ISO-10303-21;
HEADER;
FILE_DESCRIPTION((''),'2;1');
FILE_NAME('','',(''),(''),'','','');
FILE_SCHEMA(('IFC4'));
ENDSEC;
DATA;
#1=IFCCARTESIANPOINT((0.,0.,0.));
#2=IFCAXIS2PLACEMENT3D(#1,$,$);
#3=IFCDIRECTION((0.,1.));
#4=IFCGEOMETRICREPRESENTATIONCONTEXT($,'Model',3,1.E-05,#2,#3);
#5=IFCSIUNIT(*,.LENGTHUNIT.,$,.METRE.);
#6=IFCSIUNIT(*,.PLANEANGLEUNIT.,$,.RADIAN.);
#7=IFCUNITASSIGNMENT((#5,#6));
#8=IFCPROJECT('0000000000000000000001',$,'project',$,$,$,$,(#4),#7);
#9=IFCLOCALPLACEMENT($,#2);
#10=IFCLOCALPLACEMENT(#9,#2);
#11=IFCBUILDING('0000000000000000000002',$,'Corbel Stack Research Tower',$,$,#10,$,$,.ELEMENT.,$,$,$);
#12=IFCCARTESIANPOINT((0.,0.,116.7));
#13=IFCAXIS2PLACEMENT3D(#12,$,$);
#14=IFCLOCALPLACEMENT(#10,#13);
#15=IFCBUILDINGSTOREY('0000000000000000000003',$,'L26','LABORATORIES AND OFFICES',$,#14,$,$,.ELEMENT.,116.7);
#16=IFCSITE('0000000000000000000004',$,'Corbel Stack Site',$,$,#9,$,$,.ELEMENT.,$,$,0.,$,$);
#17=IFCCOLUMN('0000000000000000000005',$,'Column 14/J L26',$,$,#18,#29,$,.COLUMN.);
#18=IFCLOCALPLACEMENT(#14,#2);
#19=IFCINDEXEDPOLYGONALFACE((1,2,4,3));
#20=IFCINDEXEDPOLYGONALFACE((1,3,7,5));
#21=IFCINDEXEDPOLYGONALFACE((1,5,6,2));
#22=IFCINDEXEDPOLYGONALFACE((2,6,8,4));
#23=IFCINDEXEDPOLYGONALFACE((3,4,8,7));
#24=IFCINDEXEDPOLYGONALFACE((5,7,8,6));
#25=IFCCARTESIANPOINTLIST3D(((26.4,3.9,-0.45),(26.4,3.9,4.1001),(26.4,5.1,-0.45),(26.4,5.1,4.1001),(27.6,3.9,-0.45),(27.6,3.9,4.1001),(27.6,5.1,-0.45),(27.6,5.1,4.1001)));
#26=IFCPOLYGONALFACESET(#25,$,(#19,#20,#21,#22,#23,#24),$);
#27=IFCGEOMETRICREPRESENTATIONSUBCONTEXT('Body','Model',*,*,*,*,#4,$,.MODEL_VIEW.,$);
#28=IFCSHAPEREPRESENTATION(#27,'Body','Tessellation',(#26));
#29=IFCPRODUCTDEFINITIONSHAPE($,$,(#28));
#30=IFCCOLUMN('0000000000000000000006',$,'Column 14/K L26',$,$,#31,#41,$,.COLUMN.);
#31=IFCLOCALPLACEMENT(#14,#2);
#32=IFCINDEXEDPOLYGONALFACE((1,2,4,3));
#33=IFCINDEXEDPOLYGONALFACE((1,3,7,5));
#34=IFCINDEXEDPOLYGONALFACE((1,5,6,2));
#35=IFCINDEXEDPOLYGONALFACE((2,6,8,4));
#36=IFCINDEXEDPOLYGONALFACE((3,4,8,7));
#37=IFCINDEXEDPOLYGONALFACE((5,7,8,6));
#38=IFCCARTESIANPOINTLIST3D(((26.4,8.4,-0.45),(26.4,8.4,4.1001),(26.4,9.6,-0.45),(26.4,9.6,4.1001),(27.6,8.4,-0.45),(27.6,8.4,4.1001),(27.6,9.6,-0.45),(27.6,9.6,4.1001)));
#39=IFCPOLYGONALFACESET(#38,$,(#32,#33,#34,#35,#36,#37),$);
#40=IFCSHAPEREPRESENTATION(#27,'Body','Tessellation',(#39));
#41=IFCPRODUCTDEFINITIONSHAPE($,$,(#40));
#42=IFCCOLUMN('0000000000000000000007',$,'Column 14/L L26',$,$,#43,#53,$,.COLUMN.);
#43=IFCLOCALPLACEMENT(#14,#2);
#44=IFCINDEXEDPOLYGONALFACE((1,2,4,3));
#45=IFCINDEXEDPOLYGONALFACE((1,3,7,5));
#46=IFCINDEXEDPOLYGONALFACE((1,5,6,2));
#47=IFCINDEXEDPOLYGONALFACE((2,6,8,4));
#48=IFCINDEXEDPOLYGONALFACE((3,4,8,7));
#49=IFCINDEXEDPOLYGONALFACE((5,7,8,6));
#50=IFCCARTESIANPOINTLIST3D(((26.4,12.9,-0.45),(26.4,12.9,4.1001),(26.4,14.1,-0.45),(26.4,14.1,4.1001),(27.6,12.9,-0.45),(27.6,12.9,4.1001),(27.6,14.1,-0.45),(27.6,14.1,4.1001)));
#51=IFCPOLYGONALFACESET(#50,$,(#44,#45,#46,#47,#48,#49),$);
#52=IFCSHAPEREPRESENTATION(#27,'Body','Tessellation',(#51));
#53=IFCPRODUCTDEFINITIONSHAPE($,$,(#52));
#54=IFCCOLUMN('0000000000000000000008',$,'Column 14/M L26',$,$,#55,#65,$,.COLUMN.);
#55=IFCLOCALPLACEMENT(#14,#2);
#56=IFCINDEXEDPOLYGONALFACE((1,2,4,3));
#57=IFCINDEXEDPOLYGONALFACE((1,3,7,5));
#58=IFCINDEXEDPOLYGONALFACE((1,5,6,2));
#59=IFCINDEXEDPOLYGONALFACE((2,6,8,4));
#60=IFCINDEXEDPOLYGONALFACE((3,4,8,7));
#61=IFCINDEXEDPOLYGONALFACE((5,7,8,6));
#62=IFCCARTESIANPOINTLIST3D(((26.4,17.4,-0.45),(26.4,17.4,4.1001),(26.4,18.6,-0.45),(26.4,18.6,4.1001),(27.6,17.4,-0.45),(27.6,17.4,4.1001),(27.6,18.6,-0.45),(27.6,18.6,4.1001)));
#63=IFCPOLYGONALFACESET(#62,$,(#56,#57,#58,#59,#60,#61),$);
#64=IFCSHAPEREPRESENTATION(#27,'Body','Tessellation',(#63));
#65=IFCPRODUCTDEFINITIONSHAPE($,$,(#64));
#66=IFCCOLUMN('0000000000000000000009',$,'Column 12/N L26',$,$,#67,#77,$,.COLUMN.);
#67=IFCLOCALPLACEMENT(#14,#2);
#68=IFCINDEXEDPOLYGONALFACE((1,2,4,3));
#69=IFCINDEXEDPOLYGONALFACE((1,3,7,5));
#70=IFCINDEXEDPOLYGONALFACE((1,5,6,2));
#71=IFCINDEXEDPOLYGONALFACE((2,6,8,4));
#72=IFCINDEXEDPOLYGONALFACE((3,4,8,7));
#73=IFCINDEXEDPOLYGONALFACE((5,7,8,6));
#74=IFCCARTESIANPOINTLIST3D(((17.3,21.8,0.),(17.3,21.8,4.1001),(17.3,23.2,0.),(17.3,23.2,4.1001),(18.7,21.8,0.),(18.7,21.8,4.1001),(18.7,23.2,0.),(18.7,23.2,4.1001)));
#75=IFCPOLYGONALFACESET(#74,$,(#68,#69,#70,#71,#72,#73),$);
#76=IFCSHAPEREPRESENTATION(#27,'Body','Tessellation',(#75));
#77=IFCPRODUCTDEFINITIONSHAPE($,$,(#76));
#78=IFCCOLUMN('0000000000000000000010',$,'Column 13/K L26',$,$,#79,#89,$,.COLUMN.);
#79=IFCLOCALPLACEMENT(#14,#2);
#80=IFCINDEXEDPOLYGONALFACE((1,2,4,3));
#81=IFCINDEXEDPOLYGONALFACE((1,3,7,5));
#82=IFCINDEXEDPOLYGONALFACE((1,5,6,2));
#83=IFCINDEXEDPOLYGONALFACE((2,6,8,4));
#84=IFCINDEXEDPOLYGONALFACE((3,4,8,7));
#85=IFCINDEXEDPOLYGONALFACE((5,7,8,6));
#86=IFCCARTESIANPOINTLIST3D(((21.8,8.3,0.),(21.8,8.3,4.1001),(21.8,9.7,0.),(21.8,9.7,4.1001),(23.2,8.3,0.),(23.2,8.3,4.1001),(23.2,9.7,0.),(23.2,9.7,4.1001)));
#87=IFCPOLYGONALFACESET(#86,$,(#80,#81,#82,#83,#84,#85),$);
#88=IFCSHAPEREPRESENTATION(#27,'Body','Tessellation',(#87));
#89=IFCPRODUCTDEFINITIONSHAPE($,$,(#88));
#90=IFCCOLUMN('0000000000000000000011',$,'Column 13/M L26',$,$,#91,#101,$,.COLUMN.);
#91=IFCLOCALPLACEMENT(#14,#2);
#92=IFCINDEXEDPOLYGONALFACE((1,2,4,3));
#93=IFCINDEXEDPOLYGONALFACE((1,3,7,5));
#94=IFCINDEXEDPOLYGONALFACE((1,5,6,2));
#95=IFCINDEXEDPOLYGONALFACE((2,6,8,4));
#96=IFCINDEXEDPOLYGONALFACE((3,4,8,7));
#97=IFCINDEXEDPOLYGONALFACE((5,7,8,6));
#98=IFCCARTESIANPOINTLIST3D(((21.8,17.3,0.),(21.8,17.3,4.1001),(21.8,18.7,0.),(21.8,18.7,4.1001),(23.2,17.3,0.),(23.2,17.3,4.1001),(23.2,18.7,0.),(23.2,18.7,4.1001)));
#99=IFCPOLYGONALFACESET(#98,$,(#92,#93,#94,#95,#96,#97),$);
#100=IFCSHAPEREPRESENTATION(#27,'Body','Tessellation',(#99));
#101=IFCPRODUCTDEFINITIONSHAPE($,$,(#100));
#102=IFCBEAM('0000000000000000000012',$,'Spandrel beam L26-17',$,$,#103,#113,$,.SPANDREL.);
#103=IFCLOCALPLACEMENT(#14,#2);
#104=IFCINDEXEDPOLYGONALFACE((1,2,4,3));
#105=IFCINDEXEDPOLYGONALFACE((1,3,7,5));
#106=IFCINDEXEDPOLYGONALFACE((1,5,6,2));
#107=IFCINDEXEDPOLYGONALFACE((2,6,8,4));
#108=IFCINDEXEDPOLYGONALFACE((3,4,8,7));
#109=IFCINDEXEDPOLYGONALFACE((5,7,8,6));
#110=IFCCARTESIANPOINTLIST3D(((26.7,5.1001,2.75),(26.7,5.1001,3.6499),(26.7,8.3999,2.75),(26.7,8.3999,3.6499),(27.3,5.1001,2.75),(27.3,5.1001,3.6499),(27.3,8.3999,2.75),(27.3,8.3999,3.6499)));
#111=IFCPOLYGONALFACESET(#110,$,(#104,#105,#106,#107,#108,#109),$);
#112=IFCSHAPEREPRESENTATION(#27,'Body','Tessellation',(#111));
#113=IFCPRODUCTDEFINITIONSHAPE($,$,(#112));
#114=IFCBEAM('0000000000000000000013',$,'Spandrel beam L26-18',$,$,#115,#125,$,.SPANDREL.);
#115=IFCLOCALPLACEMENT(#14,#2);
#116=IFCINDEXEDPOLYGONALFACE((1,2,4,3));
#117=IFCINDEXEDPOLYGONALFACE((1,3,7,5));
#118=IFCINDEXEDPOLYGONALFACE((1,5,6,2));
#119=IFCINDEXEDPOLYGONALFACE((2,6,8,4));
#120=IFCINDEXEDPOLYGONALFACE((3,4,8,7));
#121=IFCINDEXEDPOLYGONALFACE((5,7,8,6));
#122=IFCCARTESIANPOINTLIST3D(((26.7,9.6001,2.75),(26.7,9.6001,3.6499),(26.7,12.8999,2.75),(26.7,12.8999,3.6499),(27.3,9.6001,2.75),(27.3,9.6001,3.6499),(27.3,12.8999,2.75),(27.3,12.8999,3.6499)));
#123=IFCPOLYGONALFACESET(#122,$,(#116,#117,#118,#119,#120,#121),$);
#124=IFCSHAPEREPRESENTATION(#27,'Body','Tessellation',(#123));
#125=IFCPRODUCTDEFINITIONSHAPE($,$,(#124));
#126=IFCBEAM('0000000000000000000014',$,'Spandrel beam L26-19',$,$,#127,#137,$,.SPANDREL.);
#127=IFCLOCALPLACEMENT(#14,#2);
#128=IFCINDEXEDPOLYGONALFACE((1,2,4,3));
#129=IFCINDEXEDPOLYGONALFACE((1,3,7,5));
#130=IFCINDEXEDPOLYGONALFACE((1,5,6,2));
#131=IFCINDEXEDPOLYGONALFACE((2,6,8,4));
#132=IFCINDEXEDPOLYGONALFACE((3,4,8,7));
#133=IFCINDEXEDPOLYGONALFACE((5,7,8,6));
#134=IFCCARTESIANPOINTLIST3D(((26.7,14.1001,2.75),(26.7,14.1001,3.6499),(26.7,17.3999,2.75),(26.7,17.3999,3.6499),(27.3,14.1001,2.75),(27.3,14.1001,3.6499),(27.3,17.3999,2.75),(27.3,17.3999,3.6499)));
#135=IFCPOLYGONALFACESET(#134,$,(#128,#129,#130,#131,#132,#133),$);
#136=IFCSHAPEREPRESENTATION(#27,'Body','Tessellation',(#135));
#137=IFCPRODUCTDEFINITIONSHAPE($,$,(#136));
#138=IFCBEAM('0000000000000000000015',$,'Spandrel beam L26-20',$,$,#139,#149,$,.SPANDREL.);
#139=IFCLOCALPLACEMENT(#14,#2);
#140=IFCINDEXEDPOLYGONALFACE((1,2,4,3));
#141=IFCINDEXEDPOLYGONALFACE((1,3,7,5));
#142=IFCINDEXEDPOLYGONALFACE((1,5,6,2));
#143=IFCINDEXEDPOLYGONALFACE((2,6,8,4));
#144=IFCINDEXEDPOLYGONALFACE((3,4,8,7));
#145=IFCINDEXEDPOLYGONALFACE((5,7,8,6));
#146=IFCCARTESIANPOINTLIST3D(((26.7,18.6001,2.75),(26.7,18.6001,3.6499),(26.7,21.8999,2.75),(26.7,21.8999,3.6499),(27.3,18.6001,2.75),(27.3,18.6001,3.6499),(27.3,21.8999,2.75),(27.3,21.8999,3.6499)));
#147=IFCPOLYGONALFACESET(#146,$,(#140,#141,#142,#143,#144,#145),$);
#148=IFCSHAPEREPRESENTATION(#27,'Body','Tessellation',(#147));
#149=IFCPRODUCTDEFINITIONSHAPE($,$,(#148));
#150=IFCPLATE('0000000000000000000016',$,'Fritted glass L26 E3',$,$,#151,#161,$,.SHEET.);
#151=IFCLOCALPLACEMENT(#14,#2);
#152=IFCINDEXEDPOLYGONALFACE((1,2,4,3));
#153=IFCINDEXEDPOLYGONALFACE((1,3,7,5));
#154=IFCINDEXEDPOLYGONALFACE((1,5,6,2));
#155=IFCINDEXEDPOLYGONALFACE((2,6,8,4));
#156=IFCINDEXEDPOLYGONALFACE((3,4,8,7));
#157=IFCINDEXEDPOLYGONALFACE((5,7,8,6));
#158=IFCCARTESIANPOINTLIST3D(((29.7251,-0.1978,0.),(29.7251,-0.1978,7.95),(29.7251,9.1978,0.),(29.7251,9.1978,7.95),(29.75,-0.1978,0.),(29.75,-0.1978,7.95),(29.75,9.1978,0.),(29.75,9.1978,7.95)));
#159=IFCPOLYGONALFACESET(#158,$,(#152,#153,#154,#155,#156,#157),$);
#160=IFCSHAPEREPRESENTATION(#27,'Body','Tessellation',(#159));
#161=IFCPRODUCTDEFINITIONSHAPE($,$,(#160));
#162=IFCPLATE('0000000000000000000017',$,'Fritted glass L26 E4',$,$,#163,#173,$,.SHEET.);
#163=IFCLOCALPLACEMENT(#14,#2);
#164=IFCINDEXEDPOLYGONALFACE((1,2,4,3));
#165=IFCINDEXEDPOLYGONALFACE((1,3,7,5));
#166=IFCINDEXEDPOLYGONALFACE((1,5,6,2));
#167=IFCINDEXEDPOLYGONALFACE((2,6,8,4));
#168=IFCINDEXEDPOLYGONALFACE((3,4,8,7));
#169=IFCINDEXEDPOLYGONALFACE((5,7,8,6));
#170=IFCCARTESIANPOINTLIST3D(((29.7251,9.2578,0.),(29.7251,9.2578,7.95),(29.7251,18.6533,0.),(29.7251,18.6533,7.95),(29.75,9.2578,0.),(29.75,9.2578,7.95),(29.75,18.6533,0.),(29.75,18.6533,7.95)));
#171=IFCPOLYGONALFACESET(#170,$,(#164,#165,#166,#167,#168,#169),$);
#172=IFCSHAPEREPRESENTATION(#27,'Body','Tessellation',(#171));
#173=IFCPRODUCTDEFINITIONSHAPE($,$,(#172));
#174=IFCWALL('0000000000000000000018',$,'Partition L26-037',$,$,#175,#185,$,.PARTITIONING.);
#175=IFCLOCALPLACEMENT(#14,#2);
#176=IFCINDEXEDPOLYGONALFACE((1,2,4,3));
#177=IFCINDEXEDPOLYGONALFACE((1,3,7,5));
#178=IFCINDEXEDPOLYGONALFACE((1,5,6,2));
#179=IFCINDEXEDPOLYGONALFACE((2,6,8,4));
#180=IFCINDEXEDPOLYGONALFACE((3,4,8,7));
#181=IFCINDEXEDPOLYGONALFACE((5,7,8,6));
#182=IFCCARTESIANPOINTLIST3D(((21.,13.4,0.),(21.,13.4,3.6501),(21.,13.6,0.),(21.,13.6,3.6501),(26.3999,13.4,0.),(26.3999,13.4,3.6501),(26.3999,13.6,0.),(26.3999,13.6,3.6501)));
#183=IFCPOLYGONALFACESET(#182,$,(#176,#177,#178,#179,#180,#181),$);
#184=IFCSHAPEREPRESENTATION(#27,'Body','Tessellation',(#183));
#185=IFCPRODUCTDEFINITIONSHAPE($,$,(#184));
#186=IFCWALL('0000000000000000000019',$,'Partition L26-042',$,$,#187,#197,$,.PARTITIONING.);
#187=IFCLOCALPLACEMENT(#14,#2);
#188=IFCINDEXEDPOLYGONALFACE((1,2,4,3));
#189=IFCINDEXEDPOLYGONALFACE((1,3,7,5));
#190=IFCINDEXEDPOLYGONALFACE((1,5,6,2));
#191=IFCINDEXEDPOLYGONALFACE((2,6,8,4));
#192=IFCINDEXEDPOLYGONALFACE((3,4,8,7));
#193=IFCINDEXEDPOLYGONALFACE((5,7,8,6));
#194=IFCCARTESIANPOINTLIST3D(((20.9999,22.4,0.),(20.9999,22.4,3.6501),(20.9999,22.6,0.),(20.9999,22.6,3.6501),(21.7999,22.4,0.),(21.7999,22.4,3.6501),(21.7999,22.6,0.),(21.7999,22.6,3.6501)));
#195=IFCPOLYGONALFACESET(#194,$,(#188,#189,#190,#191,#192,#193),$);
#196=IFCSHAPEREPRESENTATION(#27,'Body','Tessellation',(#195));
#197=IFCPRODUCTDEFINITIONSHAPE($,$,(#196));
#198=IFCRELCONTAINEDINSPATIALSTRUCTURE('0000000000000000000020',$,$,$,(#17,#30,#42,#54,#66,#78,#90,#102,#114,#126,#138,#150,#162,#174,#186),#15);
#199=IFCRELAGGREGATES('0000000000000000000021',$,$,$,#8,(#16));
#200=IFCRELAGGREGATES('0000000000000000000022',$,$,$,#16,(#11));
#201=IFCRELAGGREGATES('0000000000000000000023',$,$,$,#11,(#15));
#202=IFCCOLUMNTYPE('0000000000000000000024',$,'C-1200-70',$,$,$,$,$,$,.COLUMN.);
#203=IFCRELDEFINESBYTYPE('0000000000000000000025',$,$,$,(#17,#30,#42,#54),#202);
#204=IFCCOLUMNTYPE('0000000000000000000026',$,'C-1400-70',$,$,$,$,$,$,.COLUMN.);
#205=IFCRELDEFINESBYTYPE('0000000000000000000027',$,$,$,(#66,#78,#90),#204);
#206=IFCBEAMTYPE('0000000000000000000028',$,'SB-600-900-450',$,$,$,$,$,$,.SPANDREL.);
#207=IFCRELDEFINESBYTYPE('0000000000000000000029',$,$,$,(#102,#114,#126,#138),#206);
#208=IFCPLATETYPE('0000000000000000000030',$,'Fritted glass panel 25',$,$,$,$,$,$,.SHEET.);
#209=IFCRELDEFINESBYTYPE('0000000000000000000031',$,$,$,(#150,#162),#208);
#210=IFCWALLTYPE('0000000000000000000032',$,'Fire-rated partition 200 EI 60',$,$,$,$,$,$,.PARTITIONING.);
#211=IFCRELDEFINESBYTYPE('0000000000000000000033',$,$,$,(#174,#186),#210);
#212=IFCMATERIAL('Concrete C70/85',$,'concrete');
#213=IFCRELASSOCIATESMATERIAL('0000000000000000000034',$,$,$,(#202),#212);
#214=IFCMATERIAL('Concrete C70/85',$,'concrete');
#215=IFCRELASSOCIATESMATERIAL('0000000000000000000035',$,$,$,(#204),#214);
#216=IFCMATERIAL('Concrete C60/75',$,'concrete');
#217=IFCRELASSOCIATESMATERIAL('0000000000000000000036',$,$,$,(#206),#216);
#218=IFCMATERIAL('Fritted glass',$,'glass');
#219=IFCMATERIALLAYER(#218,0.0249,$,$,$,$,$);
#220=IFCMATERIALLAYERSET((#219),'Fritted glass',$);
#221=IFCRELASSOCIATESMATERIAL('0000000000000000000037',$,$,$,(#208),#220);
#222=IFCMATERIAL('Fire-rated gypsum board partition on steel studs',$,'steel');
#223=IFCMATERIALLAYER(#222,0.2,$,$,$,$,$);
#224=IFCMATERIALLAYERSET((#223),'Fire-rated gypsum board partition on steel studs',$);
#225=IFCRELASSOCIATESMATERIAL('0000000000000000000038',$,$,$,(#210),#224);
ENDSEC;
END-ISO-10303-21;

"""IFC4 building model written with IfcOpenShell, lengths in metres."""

from ifc_helpers import new_model, si_unit, direction, frame, frame_2d, origin, origin_2d, place, context, subcontext, project, spatial, rectangle, extrude, material, layer, layer_set, material_profile, profile_set, type_object, element, save


model = new_model("IFC4")

# Units and contexts
model_context = context("Model", 3, precision=1e-05, world=origin(), true_north=direction((0.0, 1.0)))
body_context = subcontext(model_context, "Body", "Model", "MODEL_VIEW")
ifc_project = project(units=[si_unit("LENGTHUNIT", "METRE"), si_unit("PLANEANGLEUNIT", "RADIAN")], contexts=[model_context])

# Site, building, storey
site_placement = place(None, origin())
site = spatial("IfcSite", under=ifc_project, at=site_placement, Name="Corbel Stack Site", CompositionType="ELEMENT", RefElevation=0.0)
building_placement = place(site_placement, origin())
building = spatial("IfcBuilding", under=site, at=building_placement, Name="Corbel Stack Research Tower", CompositionType="ELEMENT")
storey_placement = place(building_placement, frame((0.0, 0.0, 116.7)))
storey = spatial("IfcBuildingStorey", under=building, at=storey_placement, Name="L26", Description="LABORATORIES AND OFFICES", CompositionType="ELEMENT", Elevation=116.7)

# Columns
ifc_material_1 = material(Name="Concrete C70/85", Category="concrete")
ifc_material_profile_1 = material_profile(ifc_material_1, rectangle(XDim=1.2, YDim=1.2, at=origin_2d()), Name="RC 1200 x 1200")
ifc_profile_set_1 = profile_set([ifc_material_profile_1], Name="Concrete C70/85")
column_type_1 = type_object("IfcColumnType", Name="C-1200-70", PredefinedType="COLUMN", material=ifc_profile_set_1)
for number, where, z_axis, x_axis, name in (
    (1, (27.0, 4.5, -0.45), (0.0, 0.0, 1.0), (1.0, 0.0, 0.0), "Column 14/J L26"),
    (2, (27.0, 9.0, -0.45), (0.0, 0.0, 1.0), (1.0, 0.0, 0.0), "Column 14/K L26"),
    (3, (27.0, 13.5, -0.45), (0.0, 0.0, 1.0), (1.0, 0.0, 0.0), "Column 14/L L26"),
    (4, (27.0, 18.0, -0.45), (0.0, 0.0, 1.0), (1.0, 0.0, 0.0), "Column 14/M L26"),
):
    element("IfcColumn", number, at=place(storey_placement, frame(where, z_axis=z_axis, x_axis=x_axis)), inside=storey, type_object=column_type_1, Name=name, PredefinedType="COLUMN", context=body_context, shape_type="SweptSolid", body=[
        extrude(rectangle(XDim=1.2, YDim=1.2, at=origin_2d()), origin(), (0.0, 0.0, 1.0), 4.55),
    ])
ifc_material_2 = material(Name="Concrete C70/85", Category="concrete")
ifc_material_profile_2 = material_profile(ifc_material_2, rectangle(XDim=1.3999, YDim=1.3999, at=origin_2d()), Name="RC 1400 x 1400")
ifc_profile_set_2 = profile_set([ifc_material_profile_2], Name="Concrete C70/85")
column_type_2 = type_object("IfcColumnType", Name="C-1400-70", PredefinedType="COLUMN", material=ifc_profile_set_2)
for number, where, z_axis, x_axis, name in (
    (5, (18.0, 22.5, 0.0), (0.0, 0.0, 1.0), (1.0, 0.0, 0.0), "Column 12/N L26"),
    (6, (22.5, 9.0, 0.0), (0.0, 0.0, 1.0), (1.0, 0.0, 0.0), "Column 13/K L26"),
    (7, (22.5, 18.0, 0.0), (0.0, 0.0, 1.0), (1.0, 0.0, 0.0), "Column 13/M L26"),
):
    element("IfcColumn", number, at=place(storey_placement, frame(where, z_axis=z_axis, x_axis=x_axis)), inside=storey, type_object=column_type_2, Name=name, PredefinedType="COLUMN", context=body_context, shape_type="SweptSolid", body=[
        extrude(rectangle(XDim=1.3999, YDim=1.3999, at=origin_2d()), origin(), (0.0, 0.0, 1.0), 4.1001),
    ])

# Beams
ifc_material_3 = material(Name="Concrete C60/75", Category="concrete")
ifc_material_profile_3 = material_profile(ifc_material_3, rectangle(XDim=0.6001, YDim=0.8999, at=origin_2d()), Name="RC 600 x 900")
ifc_profile_set_3 = profile_set([ifc_material_profile_3], Name="Concrete C60/75")
beam_type = type_object("IfcBeamType", Name="SB-600-900-450", PredefinedType="SPANDREL", material=ifc_profile_set_3)
for number, where, z_axis, x_axis, name in (
    (8, (27.0, 5.1001, 3.2), (0.0, 1.0, 0.0), (-1.0, 0.0, 0.0), "Spandrel beam L26-17"),
    (9, (27.0, 9.6001, 3.2), (0.0, 1.0, 0.0), (-1.0, 0.0, 0.0), "Spandrel beam L26-18"),
    (10, (27.0, 14.1001, 3.2), (0.0, 1.0, 0.0), (-1.0, 0.0, 0.0), "Spandrel beam L26-19"),
    (11, (27.0, 18.6001, 3.2), (0.0, 1.0, 0.0), (-1.0, 0.0, 0.0), "Spandrel beam L26-20"),
):
    element("IfcBeam", number, at=place(storey_placement, frame(where, z_axis=z_axis, x_axis=x_axis)), inside=storey, type_object=beam_type, Name=name, PredefinedType="SPANDREL", context=body_context, shape_type="SweptSolid", body=[
        extrude(rectangle(XDim=0.6001, YDim=0.8999, at=origin_2d()), origin(), (0.0, 0.0, 1.0), 3.2998),
    ])

# Plates
ifc_material_4 = material(Name="Fritted glass", Category="glass")
ifc_layer_1 = layer(ifc_material_4, 0.0249)
ifc_layer_set_1 = layer_set([ifc_layer_1], Name="Fritted glass")
plate_type = type_object("IfcPlateType", Name="Fritted glass panel 25", PredefinedType="SHEET", material=ifc_layer_set_1)
for number, where, z_axis, x_axis, name in (
    (12, (29.7375, 4.5, 0.0), (0.0, 0.0, 1.0), (0.0, 1.0, 0.0), "Fritted glass L26 E3"),
    (13, (29.7375, 13.9556, 0.0), (0.0, 0.0, 1.0), (0.0, 1.0, 0.0), "Fritted glass L26 E4"),
):
    element("IfcPlate", number, at=place(storey_placement, frame(where, z_axis=z_axis, x_axis=x_axis)), inside=storey, type_object=plate_type, Name=name, PredefinedType="SHEET", context=body_context, shape_type="SweptSolid", body=[
        extrude(rectangle(XDim=9.3955, YDim=0.0249, at=origin_2d()), origin(), (0.0, 0.0, 1.0), 7.95),
    ])

# Walls
ifc_material_5 = material(Name="Fire-rated gypsum board partition on steel studs", Category="steel")
ifc_layer_2 = layer(ifc_material_5, 0.2)
ifc_layer_set_2 = layer_set([ifc_layer_2], Name="Fire-rated gypsum board partition on steel studs")
wall_type_1 = type_object("IfcWallType", Name="Fire-rated partition 200 EI 60", PredefinedType="PARTITIONING", material=ifc_layer_set_2)
wall_1_placement = place(storey_placement, frame((21.0, 13.5, 0.0), z_axis=(0.0, 0.0, 1.0), x_axis=(1.0, 0.0, 0.0)))
element("IfcWall", 14, at=wall_1_placement, inside=storey, type_object=wall_type_1, Name="Partition L26-037", PredefinedType="PARTITIONING", context=body_context, shape_type="SweptSolid", body=[
    extrude(rectangle(XDim=5.3999, YDim=0.2, at=frame_2d((2.7, 0.0))), origin(), (0.0, 0.0, 1.0), 3.6501),
])
wall_2_placement = place(storey_placement, frame((21.0, 22.5, 0.0), z_axis=(0.0, 0.0, 1.0), x_axis=(1.0, 0.0, 0.0)))
element("IfcWall", 15, at=wall_2_placement, inside=storey, type_object=wall_type_1, Name="Partition L26-042", PredefinedType="PARTITIONING", context=body_context, shape_type="SweptSolid", body=[
    extrude(rectangle(XDim=0.8, YDim=0.2, at=frame_2d((0.3999, 0.0))), origin(), (0.0, 0.0, 1.0), 3.6501),
])

save(model, "model.ifc")
